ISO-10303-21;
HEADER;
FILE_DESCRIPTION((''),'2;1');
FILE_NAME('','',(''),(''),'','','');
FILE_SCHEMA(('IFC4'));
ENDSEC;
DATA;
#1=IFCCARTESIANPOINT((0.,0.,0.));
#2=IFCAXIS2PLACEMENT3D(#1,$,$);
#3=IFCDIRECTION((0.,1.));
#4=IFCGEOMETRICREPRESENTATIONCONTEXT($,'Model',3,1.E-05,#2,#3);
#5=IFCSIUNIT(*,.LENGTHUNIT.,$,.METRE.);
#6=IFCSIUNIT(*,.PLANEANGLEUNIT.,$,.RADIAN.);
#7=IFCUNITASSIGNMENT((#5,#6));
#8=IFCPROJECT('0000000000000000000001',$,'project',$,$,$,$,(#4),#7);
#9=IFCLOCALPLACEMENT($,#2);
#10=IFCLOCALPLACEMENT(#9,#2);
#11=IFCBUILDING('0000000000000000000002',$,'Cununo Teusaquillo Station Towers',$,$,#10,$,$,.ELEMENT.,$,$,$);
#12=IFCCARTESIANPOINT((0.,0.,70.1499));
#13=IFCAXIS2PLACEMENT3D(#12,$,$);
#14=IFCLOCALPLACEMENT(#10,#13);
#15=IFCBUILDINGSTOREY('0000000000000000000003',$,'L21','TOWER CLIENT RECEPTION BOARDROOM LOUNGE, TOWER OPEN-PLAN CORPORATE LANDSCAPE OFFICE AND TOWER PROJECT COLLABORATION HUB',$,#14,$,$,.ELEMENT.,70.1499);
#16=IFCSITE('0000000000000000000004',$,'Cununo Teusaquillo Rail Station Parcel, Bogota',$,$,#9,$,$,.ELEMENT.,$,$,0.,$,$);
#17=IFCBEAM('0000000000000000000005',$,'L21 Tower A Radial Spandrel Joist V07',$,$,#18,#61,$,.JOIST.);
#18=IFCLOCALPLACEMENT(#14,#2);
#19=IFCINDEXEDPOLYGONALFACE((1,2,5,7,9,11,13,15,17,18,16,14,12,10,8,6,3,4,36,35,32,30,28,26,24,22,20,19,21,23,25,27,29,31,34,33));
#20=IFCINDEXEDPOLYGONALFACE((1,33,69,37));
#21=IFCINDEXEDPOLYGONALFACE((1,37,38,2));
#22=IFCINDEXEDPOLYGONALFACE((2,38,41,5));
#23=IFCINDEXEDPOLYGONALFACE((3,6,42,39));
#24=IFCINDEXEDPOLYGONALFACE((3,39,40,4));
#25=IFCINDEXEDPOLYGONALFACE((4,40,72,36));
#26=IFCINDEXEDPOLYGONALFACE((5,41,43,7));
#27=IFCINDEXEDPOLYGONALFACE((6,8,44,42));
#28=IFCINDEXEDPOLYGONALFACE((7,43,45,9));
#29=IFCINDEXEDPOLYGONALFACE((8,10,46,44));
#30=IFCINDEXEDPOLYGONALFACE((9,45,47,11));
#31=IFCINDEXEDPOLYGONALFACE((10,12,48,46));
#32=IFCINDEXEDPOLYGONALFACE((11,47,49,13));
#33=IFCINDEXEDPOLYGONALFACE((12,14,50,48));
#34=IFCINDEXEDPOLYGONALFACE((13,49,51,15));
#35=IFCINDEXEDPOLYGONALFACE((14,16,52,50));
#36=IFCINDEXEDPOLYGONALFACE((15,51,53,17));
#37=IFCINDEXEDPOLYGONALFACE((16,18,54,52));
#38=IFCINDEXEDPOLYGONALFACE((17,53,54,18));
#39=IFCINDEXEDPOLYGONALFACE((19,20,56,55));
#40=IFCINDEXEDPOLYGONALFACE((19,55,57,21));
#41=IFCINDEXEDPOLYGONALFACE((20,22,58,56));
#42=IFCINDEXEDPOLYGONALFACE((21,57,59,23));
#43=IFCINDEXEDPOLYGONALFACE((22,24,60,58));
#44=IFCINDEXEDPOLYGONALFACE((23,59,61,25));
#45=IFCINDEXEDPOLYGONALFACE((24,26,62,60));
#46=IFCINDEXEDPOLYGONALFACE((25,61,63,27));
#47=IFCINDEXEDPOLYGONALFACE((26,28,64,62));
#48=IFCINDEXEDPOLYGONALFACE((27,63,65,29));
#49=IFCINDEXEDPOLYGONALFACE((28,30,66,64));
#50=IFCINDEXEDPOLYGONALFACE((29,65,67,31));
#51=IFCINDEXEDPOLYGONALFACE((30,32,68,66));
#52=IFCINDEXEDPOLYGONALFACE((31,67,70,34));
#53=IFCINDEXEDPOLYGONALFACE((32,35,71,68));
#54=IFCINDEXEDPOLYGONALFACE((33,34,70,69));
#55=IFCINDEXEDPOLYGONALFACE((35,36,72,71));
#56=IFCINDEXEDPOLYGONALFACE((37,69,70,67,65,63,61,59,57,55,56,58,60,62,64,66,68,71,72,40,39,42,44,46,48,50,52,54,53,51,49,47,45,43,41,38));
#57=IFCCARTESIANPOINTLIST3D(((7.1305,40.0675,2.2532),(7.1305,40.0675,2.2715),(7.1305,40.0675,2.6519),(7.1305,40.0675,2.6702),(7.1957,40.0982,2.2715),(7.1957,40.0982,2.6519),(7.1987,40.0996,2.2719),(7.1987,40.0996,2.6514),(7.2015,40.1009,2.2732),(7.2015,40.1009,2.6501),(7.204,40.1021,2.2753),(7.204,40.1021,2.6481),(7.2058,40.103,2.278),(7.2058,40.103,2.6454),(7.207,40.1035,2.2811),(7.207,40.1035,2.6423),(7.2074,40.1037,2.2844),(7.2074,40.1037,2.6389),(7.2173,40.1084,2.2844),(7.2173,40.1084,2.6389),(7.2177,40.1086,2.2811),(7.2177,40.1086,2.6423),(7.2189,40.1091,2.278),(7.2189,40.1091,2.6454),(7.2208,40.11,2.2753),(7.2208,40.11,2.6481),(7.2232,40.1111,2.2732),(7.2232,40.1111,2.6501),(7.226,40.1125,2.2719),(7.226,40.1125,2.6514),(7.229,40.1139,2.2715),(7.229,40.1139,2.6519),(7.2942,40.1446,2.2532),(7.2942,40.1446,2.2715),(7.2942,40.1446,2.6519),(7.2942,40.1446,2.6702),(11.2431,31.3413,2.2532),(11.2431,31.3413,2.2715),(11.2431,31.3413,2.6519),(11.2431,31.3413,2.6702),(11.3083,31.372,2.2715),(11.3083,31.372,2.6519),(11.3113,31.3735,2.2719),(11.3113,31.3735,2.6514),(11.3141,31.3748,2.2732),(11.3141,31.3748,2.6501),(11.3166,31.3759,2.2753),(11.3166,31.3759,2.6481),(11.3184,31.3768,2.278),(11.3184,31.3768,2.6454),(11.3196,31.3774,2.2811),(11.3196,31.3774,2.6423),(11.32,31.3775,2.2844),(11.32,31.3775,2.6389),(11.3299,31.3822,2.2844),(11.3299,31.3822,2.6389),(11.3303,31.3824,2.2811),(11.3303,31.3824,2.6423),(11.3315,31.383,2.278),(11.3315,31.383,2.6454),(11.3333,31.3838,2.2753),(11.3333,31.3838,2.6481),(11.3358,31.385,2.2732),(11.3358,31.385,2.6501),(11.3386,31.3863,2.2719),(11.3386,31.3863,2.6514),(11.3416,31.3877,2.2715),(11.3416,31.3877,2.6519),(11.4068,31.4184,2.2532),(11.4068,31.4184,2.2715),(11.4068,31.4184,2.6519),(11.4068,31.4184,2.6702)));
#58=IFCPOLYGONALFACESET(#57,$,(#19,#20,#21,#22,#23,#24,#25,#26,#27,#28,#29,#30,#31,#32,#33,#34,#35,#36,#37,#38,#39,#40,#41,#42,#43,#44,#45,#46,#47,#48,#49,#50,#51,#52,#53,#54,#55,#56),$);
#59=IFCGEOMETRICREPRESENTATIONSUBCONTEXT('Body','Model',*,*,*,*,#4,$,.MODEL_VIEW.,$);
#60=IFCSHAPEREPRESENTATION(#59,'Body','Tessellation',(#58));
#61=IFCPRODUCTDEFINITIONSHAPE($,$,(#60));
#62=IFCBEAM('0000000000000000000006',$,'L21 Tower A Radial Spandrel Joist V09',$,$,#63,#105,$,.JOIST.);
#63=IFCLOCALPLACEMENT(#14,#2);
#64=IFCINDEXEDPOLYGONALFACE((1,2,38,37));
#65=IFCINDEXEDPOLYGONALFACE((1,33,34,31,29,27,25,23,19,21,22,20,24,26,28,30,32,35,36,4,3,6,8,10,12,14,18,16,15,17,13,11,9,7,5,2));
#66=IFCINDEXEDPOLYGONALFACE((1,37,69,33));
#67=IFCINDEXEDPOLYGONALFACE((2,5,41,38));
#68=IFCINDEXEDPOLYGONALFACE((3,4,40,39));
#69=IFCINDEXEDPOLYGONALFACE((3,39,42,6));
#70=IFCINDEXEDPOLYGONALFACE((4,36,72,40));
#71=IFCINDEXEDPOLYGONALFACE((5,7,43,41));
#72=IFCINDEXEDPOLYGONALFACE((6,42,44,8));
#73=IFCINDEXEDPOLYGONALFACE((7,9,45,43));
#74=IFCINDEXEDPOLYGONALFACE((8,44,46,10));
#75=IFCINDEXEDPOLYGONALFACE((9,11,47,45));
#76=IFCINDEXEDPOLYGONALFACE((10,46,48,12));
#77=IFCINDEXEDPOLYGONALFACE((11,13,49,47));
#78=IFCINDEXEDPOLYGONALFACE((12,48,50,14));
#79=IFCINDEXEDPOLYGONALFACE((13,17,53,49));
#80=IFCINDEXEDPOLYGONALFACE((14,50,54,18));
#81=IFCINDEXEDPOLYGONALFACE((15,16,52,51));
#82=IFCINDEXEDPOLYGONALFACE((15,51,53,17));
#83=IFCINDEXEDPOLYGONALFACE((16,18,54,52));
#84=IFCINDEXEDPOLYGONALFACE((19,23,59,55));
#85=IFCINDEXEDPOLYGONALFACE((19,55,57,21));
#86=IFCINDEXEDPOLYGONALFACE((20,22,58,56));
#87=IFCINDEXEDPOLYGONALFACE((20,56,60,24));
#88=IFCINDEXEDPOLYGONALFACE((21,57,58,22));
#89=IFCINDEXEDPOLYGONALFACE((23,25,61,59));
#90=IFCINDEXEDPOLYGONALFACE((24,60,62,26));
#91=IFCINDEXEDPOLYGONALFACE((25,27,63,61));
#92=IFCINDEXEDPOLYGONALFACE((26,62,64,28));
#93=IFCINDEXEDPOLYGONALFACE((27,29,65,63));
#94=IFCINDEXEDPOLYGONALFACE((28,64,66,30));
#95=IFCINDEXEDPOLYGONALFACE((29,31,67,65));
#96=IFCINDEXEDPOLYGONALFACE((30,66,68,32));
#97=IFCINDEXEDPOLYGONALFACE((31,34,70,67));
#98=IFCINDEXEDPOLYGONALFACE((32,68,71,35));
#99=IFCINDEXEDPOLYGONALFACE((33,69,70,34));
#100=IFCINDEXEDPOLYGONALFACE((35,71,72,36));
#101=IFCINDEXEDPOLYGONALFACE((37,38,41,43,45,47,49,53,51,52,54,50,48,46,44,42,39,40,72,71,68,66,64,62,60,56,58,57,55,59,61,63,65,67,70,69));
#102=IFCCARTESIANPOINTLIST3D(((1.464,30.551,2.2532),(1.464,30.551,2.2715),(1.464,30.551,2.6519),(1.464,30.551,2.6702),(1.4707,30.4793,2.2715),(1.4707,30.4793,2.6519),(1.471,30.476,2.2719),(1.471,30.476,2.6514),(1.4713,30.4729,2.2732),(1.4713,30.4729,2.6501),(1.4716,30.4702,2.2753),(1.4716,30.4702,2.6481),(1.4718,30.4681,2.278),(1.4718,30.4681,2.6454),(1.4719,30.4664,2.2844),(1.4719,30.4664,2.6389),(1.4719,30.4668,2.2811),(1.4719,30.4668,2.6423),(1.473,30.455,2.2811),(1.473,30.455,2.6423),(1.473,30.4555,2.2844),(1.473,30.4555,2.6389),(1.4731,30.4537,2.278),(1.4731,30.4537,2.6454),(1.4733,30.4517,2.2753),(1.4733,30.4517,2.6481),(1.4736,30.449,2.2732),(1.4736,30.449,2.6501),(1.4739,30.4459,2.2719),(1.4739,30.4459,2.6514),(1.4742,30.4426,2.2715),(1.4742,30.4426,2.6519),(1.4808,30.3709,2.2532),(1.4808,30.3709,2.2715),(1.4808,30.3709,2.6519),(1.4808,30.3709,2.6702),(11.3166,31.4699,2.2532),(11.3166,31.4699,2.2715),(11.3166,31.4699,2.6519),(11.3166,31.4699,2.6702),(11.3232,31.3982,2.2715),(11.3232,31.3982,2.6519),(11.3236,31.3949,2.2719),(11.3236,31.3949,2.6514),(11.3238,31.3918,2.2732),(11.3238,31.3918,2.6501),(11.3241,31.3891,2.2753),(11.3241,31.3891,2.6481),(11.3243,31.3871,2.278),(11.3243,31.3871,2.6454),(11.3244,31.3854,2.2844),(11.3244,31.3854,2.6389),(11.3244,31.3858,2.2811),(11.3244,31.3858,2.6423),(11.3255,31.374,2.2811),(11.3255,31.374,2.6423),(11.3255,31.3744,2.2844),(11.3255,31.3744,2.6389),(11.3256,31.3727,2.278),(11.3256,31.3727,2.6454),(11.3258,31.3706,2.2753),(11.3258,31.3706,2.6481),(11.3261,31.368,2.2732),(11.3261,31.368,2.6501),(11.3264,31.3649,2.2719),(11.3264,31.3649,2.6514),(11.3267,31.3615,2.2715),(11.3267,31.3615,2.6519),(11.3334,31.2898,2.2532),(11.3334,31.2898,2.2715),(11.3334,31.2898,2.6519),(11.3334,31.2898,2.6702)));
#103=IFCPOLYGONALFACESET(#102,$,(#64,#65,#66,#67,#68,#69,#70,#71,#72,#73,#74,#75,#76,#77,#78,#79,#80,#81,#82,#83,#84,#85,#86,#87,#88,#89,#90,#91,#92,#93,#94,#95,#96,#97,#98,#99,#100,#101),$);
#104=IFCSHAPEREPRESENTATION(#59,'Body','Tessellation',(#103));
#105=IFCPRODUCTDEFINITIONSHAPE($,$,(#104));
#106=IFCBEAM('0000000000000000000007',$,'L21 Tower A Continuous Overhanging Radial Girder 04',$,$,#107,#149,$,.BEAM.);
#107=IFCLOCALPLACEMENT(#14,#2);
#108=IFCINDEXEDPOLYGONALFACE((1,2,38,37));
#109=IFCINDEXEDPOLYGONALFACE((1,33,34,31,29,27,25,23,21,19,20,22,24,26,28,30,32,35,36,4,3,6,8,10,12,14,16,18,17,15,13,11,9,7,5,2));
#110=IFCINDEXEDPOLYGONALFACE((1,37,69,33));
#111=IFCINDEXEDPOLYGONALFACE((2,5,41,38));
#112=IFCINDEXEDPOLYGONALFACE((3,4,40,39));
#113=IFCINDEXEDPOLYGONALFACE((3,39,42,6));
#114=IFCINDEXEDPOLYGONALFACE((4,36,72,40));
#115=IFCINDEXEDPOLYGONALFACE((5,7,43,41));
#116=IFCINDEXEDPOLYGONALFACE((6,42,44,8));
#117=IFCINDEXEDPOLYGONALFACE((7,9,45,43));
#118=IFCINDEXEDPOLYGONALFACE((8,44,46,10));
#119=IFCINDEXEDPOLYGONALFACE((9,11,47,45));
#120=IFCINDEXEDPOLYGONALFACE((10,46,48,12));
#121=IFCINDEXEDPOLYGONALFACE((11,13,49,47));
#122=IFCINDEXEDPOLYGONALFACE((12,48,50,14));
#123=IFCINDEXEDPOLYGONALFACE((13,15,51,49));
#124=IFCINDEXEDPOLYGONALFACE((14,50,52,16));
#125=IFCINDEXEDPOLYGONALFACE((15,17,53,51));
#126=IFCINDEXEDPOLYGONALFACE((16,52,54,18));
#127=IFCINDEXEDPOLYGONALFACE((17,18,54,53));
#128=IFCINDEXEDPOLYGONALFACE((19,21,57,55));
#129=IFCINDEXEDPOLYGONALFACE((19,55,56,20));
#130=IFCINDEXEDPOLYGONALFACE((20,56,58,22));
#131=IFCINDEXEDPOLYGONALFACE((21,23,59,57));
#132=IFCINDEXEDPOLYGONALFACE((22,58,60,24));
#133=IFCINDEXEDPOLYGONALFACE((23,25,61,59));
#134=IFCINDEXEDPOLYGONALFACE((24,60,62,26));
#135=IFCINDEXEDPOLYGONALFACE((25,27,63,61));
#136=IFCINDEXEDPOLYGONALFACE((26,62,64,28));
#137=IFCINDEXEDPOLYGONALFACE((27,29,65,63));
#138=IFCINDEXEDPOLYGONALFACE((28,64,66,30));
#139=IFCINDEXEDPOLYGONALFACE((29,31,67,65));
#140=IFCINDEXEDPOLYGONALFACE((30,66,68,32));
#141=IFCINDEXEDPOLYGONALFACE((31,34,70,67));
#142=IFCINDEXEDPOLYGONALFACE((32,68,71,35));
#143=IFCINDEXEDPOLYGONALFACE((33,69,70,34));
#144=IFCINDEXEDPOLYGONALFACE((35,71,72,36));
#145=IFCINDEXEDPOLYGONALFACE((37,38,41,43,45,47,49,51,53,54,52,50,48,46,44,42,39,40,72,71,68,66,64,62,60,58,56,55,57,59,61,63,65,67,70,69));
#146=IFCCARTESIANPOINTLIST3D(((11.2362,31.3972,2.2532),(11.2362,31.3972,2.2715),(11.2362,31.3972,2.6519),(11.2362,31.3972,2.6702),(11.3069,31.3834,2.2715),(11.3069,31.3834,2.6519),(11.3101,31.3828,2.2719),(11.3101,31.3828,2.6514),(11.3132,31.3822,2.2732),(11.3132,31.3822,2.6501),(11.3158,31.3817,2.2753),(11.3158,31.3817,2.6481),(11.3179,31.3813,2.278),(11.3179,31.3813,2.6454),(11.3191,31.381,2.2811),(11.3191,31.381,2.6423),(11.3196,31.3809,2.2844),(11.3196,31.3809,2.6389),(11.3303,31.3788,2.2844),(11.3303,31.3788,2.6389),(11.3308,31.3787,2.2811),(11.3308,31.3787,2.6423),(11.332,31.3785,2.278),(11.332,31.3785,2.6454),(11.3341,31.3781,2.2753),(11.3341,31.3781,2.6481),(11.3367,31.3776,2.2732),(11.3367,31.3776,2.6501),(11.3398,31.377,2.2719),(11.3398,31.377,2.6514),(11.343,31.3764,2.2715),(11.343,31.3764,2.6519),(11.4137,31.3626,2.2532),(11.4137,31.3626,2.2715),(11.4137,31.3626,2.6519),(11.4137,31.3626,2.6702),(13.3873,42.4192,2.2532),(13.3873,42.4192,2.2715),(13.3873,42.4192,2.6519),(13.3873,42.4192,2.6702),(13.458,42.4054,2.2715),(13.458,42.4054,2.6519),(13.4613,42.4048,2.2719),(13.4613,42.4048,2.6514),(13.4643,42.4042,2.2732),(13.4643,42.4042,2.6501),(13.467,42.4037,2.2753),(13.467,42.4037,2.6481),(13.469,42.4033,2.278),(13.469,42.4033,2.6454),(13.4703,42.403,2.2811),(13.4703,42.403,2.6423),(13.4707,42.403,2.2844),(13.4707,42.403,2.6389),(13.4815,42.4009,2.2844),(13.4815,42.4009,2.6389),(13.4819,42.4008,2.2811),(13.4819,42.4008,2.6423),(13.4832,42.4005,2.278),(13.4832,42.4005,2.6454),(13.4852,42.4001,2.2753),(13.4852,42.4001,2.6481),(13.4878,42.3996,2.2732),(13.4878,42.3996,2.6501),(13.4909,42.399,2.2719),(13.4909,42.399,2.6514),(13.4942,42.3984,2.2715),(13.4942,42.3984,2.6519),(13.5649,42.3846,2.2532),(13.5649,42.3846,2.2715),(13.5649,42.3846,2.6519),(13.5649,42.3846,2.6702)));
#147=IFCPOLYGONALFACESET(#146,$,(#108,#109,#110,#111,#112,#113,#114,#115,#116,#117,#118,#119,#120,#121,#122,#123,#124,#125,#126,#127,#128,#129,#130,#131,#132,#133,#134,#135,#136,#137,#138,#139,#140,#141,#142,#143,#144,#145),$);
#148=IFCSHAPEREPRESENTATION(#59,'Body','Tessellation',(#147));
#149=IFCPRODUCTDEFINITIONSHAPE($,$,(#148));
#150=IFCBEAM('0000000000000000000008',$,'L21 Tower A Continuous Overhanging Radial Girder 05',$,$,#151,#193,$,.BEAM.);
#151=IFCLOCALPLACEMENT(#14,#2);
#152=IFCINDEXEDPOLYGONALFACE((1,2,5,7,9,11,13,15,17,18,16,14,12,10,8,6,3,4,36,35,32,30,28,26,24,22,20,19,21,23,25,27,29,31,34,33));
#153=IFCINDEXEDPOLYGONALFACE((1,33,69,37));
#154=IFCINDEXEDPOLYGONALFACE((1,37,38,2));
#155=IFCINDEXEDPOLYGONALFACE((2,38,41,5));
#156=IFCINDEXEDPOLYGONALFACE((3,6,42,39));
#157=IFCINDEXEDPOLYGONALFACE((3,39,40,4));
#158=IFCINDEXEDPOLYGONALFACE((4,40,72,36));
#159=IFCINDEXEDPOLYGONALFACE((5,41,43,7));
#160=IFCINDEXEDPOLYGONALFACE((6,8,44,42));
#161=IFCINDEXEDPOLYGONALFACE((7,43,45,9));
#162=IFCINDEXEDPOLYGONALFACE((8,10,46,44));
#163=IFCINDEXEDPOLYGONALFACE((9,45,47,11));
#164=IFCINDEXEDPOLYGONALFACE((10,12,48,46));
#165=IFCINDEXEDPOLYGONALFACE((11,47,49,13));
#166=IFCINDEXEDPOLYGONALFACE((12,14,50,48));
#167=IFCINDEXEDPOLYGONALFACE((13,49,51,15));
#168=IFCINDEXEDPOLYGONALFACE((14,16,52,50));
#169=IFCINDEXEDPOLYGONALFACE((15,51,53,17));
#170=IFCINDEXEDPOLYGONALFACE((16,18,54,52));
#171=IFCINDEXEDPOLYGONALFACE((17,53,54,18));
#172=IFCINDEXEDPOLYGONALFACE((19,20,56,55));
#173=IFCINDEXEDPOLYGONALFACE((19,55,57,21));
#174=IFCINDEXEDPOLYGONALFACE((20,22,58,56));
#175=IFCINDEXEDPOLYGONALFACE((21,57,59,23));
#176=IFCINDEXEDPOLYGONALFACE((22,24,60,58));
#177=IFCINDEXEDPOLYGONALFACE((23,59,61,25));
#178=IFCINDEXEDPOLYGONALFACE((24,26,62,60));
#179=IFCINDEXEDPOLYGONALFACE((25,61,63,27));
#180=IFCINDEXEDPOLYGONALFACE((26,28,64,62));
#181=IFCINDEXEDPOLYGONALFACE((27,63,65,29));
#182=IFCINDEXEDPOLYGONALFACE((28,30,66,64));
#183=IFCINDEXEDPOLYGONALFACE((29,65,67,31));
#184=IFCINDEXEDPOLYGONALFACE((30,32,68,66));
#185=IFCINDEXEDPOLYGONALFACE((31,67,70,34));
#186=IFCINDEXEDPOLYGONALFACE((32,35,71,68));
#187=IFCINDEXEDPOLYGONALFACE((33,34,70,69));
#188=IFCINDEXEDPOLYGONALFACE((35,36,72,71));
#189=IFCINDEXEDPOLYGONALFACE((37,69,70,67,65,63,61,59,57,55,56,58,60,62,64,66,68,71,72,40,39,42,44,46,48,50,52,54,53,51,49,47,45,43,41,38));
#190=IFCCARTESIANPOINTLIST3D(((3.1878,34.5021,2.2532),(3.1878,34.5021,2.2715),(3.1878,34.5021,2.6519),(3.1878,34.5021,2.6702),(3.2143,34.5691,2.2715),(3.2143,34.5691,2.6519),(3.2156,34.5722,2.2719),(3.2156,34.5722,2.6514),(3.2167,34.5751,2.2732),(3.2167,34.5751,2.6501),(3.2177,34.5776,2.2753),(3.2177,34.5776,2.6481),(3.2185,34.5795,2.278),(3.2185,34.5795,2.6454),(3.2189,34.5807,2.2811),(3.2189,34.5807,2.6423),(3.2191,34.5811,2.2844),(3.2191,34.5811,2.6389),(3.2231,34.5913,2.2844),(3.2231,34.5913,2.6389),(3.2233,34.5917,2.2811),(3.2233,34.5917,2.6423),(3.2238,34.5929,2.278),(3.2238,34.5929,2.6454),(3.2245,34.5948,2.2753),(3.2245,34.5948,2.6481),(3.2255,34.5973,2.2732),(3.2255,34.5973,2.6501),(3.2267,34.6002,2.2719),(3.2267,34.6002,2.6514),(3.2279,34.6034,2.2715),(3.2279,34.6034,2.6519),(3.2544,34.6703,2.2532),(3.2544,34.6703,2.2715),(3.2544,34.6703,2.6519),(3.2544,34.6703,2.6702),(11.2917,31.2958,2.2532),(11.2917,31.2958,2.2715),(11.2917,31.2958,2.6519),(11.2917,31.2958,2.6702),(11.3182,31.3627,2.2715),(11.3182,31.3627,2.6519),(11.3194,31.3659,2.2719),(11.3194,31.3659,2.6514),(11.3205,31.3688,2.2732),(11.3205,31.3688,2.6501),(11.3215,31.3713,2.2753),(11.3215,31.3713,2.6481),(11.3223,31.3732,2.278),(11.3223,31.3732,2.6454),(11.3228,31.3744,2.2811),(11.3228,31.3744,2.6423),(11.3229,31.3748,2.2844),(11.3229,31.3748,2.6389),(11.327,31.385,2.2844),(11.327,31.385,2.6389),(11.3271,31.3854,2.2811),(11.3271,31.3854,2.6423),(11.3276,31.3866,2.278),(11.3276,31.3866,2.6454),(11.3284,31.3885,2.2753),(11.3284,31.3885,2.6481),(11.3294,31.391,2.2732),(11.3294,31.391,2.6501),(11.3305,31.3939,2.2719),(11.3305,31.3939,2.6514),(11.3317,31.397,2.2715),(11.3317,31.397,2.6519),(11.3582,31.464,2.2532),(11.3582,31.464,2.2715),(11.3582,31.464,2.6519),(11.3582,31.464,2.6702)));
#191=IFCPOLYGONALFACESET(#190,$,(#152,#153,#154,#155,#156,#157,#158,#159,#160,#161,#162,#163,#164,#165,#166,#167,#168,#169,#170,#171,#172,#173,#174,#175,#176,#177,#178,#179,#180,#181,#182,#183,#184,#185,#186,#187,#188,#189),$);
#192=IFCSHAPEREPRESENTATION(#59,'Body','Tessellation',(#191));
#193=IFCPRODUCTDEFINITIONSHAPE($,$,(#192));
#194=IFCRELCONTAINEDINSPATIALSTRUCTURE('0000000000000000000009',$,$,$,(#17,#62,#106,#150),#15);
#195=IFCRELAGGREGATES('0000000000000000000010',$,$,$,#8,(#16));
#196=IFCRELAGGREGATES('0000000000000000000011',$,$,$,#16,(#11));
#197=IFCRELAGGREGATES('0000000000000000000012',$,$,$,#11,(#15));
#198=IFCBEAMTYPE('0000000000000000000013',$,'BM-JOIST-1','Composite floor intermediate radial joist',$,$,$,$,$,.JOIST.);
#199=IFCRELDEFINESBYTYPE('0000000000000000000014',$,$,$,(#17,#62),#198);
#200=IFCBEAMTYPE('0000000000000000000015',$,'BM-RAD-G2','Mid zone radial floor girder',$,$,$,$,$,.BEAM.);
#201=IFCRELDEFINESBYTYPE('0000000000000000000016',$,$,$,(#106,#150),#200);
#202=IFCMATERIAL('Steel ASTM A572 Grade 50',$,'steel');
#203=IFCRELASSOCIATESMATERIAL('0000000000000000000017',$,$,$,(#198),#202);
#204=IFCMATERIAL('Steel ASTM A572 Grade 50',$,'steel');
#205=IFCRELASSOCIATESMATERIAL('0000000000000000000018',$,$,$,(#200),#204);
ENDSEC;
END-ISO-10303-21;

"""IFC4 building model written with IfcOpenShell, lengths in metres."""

from ifc_helpers import new_model, si_unit, direction, frame, origin, origin_2d, place, context, subcontext, project, spatial, i_section, extrude, material, material_profile, profile_set, type_object, element, save


model = new_model("IFC4")

# Units and contexts
model_context = context("Model", 3, precision=1e-05, world=origin(), true_north=direction((0.0, 1.0)))
body_context = subcontext(model_context, "Body", "Model", "MODEL_VIEW")
ifc_project = project(units=[si_unit("LENGTHUNIT", "METRE"), si_unit("PLANEANGLEUNIT", "RADIAN")], contexts=[model_context])

# Site, building, storey
site_placement = place(None, origin())
site = spatial("IfcSite", under=ifc_project, at=site_placement, Name="Cununo Teusaquillo Rail Station Parcel, Bogota", CompositionType="ELEMENT", RefElevation=0.0)
building_placement = place(site_placement, origin())
building = spatial("IfcBuilding", under=site, at=building_placement, Name="Cununo Teusaquillo Station Towers", CompositionType="ELEMENT")
storey_placement = place(building_placement, frame((0.0, 0.0, 70.1499)))
storey = spatial("IfcBuildingStorey", under=building, at=storey_placement, Name="L21", Description="TOWER CLIENT RECEPTION BOARDROOM LOUNGE, TOWER OPEN-PLAN CORPORATE LANDSCAPE OFFICE AND TOWER PROJECT COLLABORATION HUB", CompositionType="ELEMENT", Elevation=70.1499)

# Beams
ifc_material_1 = material(Name="Steel ASTM A572 Grade 50", Category="steel")
ifc_material_profile_1 = material_profile(ifc_material_1, i_section(OverallWidth=0.1809, OverallDepth=0.417, WebThickness=0.011, FlangeThickness=0.0183, FilletRadius=0.0129, at=origin_2d()), Name="W16X57")
ifc_profile_set_1 = profile_set([ifc_material_profile_1], Name="Steel ASTM A572 Grade 50")
beam_type_1 = type_object("IfcBeamType", Name="BM-JOIST-1", Description="Composite floor intermediate radial joist", PredefinedType="JOIST", material=ifc_profile_set_1)
beam_1_placement = place(storey_placement, frame((11.325, 31.3799, 2.4617), z_axis=(-0.42632, 0.904572, 0.0), x_axis=(-0.904572, -0.42632, 0.0)))
element("IfcBeam", 1, at=beam_1_placement, inside=storey, type_object=beam_type_1, Name="L21 Tower A Radial Spandrel Joist V07", PredefinedType="JOIST", context=body_context, shape_type="SweptSolid", body=[
    extrude(i_section(OverallWidth=0.1809, OverallDepth=0.417, WebThickness=0.011, FlangeThickness=0.0183, FilletRadius=0.0129, at=origin_2d()), origin(), (0.0, 0.0, 1.0), 9.6467),
])
beam_2_placement = place(storey_placement, frame((11.325, 31.3799, 2.4617), z_axis=(-0.995679, -0.092867, 0.0), x_axis=(0.092867, -0.995679, 0.0)))
element("IfcBeam", 2, at=beam_2_placement, inside=storey, type_object=beam_type_1, Name="L21 Tower A Radial Spandrel Joist V09", PredefinedType="JOIST", context=body_context, shape_type="SweptSolid", body=[
    extrude(i_section(OverallWidth=0.1809, OverallDepth=0.417, WebThickness=0.011, FlangeThickness=0.0183, FilletRadius=0.0129, at=origin_2d()), origin(), (0.0, 0.0, 1.0), 9.8953),
])
ifc_material_2 = material(Name="Steel ASTM A572 Grade 50", Category="steel")
ifc_material_profile_2 = material_profile(ifc_material_2, i_section(OverallWidth=0.1809, OverallDepth=0.417, WebThickness=0.011, FlangeThickness=0.0183, FilletRadius=0.0129, at=origin_2d()), Name="W16X57")
ifc_profile_set_2 = profile_set([ifc_material_profile_2], Name="Steel ASTM A572 Grade 50")
beam_type_2 = type_object("IfcBeamType", Name="BM-RAD-G2", Description="Mid zone radial floor girder", PredefinedType="BEAM", material=ifc_profile_set_2)
beam_3_placement = place(storey_placement, frame((11.325, 31.3799, 2.4617), z_axis=(0.191553, 0.981482, 0.0), x_axis=(-0.981482, 0.191553, 0.0)))
element("IfcBeam", 3, at=beam_3_placement, inside=storey, type_object=beam_type_2, Name="L21 Tower A Continuous Overhanging Radial Girder 04", PredefinedType="BEAM", context=body_context, shape_type="SweptSolid", body=[
    extrude(i_section(OverallWidth=0.1809, OverallDepth=0.417, WebThickness=0.011, FlangeThickness=0.0183, FilletRadius=0.0129, at=origin_2d()), origin(), (0.0, 0.0, 1.0), 11.23),
])
beam_4_placement = place(storey_placement, frame((11.325, 31.3799, 2.4617), z_axis=(-0.929863, 0.367906, 0.0), x_axis=(-0.367906, -0.929863, 0.0)))
element("IfcBeam", 4, at=beam_4_placement, inside=storey, type_object=beam_type_2, Name="L21 Tower A Continuous Overhanging Radial Girder 05", PredefinedType="BEAM", context=body_context, shape_type="SweptSolid", body=[
    extrude(i_section(OverallWidth=0.1809, OverallDepth=0.417, WebThickness=0.011, FlangeThickness=0.0183, FilletRadius=0.0129, at=origin_2d()), origin(), (0.0, 0.0, 1.0), 8.7151),
])

save(model, "model.ifc")
